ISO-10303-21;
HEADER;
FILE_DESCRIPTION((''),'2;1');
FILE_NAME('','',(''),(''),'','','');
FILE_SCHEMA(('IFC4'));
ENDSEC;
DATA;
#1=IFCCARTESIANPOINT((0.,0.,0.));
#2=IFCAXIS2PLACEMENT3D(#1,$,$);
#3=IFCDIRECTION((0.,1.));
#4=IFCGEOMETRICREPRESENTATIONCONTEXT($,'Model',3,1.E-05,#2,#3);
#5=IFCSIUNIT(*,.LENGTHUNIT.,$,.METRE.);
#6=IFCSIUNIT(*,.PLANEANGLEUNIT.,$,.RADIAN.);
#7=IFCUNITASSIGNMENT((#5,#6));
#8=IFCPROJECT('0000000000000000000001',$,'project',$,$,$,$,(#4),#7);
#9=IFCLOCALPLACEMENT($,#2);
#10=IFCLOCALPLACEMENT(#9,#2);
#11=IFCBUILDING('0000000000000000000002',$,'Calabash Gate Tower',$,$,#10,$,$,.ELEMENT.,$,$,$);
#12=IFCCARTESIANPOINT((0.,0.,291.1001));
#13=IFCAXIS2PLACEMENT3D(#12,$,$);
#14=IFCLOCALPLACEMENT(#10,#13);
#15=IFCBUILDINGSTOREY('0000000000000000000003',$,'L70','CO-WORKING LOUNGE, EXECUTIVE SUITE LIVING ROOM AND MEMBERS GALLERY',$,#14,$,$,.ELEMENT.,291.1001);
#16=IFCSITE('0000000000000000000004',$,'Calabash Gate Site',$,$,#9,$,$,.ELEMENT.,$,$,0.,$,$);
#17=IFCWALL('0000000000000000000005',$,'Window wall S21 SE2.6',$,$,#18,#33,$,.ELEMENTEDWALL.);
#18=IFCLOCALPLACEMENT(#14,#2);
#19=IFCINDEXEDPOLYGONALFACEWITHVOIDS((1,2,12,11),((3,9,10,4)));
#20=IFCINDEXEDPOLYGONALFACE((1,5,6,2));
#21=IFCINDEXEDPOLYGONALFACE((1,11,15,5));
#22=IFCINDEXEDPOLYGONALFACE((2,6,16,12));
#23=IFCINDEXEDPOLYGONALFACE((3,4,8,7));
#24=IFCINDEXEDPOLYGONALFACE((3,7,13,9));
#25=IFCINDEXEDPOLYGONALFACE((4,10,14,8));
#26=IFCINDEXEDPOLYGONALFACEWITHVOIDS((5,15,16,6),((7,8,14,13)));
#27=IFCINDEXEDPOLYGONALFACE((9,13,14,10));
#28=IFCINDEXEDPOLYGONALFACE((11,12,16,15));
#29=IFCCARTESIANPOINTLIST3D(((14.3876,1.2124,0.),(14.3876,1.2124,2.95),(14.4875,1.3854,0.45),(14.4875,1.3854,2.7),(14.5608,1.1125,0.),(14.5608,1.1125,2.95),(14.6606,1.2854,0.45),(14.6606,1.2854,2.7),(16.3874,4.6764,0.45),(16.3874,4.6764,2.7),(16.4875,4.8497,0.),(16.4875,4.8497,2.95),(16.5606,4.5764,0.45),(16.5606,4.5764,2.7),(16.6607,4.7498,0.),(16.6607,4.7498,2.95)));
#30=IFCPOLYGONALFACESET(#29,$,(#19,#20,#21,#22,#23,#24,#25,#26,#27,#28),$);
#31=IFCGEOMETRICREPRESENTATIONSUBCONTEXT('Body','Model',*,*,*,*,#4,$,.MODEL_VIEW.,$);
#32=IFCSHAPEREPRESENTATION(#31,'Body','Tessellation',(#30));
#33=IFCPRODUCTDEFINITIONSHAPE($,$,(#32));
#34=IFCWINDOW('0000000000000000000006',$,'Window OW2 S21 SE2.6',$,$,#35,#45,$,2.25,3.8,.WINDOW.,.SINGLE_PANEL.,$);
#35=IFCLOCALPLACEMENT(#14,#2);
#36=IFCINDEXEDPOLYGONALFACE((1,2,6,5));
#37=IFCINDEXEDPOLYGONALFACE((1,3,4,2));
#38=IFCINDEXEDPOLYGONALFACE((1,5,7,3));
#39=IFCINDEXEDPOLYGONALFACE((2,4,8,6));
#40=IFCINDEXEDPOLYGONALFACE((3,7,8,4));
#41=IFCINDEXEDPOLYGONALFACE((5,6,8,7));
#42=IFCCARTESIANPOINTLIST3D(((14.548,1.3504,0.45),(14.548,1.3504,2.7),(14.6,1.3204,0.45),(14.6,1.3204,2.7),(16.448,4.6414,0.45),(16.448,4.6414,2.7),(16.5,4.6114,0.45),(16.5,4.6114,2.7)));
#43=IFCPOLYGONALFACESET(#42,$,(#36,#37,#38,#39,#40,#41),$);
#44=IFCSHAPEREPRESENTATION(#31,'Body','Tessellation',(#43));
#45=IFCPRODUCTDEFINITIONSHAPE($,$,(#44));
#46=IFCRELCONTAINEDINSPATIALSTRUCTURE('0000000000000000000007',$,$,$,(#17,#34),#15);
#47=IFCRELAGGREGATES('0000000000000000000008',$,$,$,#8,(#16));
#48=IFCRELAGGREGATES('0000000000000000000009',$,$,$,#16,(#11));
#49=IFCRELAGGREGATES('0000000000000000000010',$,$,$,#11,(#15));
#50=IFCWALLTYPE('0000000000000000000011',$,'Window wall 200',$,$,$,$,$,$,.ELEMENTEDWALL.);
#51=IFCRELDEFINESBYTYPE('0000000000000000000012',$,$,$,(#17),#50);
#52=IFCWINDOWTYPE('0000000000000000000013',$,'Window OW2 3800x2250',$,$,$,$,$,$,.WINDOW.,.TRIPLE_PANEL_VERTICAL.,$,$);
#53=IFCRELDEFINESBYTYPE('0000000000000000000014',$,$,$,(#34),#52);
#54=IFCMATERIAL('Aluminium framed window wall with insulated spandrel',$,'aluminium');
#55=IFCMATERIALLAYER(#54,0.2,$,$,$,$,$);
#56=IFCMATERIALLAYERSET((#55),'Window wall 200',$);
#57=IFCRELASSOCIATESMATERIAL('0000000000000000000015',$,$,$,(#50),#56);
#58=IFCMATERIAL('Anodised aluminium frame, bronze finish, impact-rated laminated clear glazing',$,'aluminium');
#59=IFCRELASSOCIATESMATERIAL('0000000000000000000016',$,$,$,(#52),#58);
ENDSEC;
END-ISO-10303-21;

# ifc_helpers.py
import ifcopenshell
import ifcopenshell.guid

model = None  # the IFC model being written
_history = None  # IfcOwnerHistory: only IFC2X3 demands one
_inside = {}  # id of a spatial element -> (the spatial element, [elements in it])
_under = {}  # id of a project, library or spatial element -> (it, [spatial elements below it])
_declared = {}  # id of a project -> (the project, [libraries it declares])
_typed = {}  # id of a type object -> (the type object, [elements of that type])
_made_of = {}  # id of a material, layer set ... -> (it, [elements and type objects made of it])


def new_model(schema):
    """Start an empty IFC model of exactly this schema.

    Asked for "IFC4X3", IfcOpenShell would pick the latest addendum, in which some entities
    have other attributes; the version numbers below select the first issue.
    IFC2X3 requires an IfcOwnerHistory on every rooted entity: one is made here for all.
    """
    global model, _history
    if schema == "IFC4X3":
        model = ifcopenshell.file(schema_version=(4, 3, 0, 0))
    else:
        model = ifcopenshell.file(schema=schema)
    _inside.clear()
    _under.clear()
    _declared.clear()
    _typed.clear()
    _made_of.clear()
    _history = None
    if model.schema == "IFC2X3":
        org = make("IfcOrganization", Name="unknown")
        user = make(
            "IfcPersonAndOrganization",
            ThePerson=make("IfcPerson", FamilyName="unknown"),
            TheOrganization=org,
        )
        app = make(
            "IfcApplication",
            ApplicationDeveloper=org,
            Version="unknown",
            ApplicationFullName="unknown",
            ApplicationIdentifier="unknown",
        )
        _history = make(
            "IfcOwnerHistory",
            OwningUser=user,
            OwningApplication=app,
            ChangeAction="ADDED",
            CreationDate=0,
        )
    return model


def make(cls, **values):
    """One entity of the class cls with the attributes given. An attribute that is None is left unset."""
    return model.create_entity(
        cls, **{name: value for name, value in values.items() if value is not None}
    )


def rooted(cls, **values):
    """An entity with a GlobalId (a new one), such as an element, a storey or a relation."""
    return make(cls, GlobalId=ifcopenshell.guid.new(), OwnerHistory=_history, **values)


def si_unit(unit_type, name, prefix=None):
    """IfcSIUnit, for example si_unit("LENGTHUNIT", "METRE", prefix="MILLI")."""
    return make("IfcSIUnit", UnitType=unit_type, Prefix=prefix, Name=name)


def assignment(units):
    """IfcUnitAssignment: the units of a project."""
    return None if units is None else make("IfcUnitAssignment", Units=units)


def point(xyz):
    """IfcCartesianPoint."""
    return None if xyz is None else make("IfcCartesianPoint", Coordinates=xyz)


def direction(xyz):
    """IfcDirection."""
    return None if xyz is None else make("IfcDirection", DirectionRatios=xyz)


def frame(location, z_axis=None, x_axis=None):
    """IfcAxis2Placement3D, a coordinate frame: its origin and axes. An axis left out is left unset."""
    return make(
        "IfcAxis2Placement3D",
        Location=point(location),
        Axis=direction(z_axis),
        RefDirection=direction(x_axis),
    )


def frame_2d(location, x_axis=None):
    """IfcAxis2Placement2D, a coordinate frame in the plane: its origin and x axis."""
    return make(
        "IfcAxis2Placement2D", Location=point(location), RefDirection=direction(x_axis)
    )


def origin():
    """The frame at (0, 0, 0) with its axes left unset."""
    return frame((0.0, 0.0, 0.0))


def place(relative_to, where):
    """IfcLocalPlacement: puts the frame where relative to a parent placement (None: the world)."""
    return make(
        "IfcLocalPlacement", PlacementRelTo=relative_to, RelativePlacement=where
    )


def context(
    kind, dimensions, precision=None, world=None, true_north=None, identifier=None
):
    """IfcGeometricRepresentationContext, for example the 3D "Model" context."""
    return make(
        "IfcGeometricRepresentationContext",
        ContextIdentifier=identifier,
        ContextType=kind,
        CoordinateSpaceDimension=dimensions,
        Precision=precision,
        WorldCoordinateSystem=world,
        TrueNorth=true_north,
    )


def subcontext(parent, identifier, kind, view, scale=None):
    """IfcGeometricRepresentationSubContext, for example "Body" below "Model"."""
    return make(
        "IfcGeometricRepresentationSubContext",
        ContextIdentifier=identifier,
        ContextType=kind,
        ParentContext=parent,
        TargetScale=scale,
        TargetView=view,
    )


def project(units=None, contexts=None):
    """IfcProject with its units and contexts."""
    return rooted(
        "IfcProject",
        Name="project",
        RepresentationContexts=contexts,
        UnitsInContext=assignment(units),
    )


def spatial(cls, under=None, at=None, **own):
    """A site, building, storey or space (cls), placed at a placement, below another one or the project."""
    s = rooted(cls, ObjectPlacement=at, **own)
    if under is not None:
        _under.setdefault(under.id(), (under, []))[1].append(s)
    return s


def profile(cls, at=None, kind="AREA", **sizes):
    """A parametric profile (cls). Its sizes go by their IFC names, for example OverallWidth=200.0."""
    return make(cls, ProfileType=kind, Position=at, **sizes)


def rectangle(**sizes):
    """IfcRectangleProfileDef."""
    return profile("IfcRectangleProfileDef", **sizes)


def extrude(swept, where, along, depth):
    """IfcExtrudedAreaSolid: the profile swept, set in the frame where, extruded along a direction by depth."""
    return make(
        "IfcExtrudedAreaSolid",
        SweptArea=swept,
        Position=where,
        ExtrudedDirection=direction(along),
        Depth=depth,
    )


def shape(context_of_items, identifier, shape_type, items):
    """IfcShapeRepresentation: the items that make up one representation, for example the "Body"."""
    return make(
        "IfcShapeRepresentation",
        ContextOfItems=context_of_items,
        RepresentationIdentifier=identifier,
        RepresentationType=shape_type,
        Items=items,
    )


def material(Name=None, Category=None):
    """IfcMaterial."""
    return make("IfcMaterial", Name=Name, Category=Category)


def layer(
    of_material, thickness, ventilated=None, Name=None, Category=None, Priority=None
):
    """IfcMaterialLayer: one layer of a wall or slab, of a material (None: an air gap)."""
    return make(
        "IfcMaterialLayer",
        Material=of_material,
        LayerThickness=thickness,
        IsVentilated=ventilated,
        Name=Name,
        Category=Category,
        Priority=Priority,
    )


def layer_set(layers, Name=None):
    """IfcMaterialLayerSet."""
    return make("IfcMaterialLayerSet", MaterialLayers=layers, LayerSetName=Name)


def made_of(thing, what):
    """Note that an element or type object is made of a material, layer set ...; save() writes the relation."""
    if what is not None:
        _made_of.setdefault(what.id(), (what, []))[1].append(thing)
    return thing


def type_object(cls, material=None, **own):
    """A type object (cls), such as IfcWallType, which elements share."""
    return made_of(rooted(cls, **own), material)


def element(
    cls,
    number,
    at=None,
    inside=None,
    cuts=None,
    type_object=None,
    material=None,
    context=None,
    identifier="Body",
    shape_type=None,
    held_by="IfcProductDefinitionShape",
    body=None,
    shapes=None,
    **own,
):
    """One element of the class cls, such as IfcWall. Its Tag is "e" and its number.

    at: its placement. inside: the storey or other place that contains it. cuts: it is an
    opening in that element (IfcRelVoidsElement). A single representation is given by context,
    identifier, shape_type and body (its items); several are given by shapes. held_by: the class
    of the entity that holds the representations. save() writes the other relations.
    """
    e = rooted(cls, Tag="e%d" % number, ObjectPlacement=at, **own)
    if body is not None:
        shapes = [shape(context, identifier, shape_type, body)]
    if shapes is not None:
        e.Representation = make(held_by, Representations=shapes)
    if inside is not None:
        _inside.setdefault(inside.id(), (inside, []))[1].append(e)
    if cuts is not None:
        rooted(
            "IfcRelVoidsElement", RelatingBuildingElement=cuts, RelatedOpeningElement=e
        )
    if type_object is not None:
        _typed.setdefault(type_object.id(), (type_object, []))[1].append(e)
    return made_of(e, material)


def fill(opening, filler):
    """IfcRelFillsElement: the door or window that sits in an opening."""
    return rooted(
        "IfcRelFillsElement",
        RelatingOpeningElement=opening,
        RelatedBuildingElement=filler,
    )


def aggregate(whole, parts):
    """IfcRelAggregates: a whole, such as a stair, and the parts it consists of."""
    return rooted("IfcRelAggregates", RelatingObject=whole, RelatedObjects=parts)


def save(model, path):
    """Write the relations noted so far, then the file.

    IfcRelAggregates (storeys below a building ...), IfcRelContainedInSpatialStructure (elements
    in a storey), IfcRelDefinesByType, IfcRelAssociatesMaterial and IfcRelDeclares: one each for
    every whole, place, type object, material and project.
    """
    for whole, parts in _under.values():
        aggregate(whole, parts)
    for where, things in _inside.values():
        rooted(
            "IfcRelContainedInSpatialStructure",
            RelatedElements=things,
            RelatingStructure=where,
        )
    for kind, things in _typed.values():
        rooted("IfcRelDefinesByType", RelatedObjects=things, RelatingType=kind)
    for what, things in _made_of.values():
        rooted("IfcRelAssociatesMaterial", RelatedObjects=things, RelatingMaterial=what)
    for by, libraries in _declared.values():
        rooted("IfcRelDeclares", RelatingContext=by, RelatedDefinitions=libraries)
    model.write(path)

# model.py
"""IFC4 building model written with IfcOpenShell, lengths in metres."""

from ifc_helpers import new_model, si_unit, direction, frame, frame_2d, origin, place, context, subcontext, project, spatial, rectangle, extrude, material, layer, layer_set, type_object, element, fill, save


model = new_model("IFC4")

# Units and contexts
model_context = context("Model", 3, precision=1e-05, world=origin(), true_north=direction((0.0, 1.0)))
body_context = subcontext(model_context, "Body", "Model", "MODEL_VIEW")
ifc_project = project(units=[si_unit("LENGTHUNIT", "METRE"), si_unit("PLANEANGLEUNIT", "RADIAN")], contexts=[model_context])

# Site, building, storey
site_placement = place(None, origin())
site = spatial("IfcSite", under=ifc_project, at=site_placement, Name="Calabash Gate Site", CompositionType="ELEMENT", RefElevation=0.0)
building_placement = place(site_placement, origin())
building = spatial("IfcBuilding", under=site, at=building_placement, Name="Calabash Gate Tower", CompositionType="ELEMENT")
storey_placement = place(building_placement, frame((0.0, 0.0, 291.1001)))
storey = spatial("IfcBuildingStorey", under=building, at=storey_placement, Name="L70", Description="CO-WORKING LOUNGE, EXECUTIVE SUITE LIVING ROOM AND MEMBERS GALLERY", CompositionType="ELEMENT", Elevation=291.1001)

# Shared definitions
ifc_material_1 = material(Name="Aluminium framed window wall with insulated spandrel", Category="aluminium")
ifc_layer_1 = layer(ifc_material_1, 0.2)
ifc_layer_set_1 = layer_set([ifc_layer_1], Name="Window wall 200")
wall_type_1 = type_object("IfcWallType", Name="Window wall 200", PredefinedType="ELEMENTEDWALL", material=ifc_layer_set_1)

# Wall, opening, window
wall_1_placement = place(storey_placement, frame((14.4741, 1.1624, 0.0), z_axis=(0.0, 0.0, 1.0), x_axis=(0.499984, 0.866035, 0.0)))
wall_1 = element("IfcWall", 1, at=wall_1_placement, inside=storey, type_object=wall_type_1, Name="Window wall S21 SE2.6", PredefinedType="ELEMENTEDWALL", context=body_context, shape_type="SweptSolid", body=[
    extrude(rectangle(XDim=4.2, YDim=0.2, at=frame_2d((2.1001, 0.0))), origin(), (0.0, 0.0, 1.0), 2.95),
])
opening_1_placement = place(wall_1_placement, frame((0.2, 0.0, 0.45)))
opening_1 = element("IfcOpeningElement", 2, at=opening_1_placement, cuts=wall_1, PredefinedType="OPENING", context=body_context, shape_type="SweptSolid", body=[
    extrude(rectangle(XDim=3.8, YDim=2.25, at=frame_2d((1.8999, 1.125))), frame((0.0, 0.1099, 0.0), z_axis=(0.0, -1.0, 0.0), x_axis=(1.0, 0.0, 0.0)), (0.0, 0.0, 1.0), 0.22),
])
ifc_material_2 = material(Name="Anodised aluminium frame, bronze finish, impact-rated laminated clear glazing", Category="aluminium")
window_type_1 = type_object("IfcWindowType", Name="Window OW2 3800x2250", PartitioningType="TRIPLE_PANEL_VERTICAL", PredefinedType="WINDOW", material=ifc_material_2)
window_1_placement = place(opening_1_placement, origin())
window_1 = element("IfcWindow", 3, at=window_1_placement, inside=storey, type_object=window_type_1, Name="Window OW2 S21 SE2.6", OverallHeight=2.25, OverallWidth=3.8, PartitioningType="SINGLE_PANEL", PredefinedType="WINDOW", context=body_context, shape_type="SweptSolid", body=[
    extrude(rectangle(XDim=3.8, YDim=2.25, at=frame_2d((1.8999, 1.125))), frame((0.0, 0.03, 0.0), z_axis=(0.0, -1.0, 0.0), x_axis=(1.0, 0.0, 0.0)), (0.0, 0.0, 1.0), 0.0601),
])
fill(opening_1, window_1)

save(model, "model.ifc")
